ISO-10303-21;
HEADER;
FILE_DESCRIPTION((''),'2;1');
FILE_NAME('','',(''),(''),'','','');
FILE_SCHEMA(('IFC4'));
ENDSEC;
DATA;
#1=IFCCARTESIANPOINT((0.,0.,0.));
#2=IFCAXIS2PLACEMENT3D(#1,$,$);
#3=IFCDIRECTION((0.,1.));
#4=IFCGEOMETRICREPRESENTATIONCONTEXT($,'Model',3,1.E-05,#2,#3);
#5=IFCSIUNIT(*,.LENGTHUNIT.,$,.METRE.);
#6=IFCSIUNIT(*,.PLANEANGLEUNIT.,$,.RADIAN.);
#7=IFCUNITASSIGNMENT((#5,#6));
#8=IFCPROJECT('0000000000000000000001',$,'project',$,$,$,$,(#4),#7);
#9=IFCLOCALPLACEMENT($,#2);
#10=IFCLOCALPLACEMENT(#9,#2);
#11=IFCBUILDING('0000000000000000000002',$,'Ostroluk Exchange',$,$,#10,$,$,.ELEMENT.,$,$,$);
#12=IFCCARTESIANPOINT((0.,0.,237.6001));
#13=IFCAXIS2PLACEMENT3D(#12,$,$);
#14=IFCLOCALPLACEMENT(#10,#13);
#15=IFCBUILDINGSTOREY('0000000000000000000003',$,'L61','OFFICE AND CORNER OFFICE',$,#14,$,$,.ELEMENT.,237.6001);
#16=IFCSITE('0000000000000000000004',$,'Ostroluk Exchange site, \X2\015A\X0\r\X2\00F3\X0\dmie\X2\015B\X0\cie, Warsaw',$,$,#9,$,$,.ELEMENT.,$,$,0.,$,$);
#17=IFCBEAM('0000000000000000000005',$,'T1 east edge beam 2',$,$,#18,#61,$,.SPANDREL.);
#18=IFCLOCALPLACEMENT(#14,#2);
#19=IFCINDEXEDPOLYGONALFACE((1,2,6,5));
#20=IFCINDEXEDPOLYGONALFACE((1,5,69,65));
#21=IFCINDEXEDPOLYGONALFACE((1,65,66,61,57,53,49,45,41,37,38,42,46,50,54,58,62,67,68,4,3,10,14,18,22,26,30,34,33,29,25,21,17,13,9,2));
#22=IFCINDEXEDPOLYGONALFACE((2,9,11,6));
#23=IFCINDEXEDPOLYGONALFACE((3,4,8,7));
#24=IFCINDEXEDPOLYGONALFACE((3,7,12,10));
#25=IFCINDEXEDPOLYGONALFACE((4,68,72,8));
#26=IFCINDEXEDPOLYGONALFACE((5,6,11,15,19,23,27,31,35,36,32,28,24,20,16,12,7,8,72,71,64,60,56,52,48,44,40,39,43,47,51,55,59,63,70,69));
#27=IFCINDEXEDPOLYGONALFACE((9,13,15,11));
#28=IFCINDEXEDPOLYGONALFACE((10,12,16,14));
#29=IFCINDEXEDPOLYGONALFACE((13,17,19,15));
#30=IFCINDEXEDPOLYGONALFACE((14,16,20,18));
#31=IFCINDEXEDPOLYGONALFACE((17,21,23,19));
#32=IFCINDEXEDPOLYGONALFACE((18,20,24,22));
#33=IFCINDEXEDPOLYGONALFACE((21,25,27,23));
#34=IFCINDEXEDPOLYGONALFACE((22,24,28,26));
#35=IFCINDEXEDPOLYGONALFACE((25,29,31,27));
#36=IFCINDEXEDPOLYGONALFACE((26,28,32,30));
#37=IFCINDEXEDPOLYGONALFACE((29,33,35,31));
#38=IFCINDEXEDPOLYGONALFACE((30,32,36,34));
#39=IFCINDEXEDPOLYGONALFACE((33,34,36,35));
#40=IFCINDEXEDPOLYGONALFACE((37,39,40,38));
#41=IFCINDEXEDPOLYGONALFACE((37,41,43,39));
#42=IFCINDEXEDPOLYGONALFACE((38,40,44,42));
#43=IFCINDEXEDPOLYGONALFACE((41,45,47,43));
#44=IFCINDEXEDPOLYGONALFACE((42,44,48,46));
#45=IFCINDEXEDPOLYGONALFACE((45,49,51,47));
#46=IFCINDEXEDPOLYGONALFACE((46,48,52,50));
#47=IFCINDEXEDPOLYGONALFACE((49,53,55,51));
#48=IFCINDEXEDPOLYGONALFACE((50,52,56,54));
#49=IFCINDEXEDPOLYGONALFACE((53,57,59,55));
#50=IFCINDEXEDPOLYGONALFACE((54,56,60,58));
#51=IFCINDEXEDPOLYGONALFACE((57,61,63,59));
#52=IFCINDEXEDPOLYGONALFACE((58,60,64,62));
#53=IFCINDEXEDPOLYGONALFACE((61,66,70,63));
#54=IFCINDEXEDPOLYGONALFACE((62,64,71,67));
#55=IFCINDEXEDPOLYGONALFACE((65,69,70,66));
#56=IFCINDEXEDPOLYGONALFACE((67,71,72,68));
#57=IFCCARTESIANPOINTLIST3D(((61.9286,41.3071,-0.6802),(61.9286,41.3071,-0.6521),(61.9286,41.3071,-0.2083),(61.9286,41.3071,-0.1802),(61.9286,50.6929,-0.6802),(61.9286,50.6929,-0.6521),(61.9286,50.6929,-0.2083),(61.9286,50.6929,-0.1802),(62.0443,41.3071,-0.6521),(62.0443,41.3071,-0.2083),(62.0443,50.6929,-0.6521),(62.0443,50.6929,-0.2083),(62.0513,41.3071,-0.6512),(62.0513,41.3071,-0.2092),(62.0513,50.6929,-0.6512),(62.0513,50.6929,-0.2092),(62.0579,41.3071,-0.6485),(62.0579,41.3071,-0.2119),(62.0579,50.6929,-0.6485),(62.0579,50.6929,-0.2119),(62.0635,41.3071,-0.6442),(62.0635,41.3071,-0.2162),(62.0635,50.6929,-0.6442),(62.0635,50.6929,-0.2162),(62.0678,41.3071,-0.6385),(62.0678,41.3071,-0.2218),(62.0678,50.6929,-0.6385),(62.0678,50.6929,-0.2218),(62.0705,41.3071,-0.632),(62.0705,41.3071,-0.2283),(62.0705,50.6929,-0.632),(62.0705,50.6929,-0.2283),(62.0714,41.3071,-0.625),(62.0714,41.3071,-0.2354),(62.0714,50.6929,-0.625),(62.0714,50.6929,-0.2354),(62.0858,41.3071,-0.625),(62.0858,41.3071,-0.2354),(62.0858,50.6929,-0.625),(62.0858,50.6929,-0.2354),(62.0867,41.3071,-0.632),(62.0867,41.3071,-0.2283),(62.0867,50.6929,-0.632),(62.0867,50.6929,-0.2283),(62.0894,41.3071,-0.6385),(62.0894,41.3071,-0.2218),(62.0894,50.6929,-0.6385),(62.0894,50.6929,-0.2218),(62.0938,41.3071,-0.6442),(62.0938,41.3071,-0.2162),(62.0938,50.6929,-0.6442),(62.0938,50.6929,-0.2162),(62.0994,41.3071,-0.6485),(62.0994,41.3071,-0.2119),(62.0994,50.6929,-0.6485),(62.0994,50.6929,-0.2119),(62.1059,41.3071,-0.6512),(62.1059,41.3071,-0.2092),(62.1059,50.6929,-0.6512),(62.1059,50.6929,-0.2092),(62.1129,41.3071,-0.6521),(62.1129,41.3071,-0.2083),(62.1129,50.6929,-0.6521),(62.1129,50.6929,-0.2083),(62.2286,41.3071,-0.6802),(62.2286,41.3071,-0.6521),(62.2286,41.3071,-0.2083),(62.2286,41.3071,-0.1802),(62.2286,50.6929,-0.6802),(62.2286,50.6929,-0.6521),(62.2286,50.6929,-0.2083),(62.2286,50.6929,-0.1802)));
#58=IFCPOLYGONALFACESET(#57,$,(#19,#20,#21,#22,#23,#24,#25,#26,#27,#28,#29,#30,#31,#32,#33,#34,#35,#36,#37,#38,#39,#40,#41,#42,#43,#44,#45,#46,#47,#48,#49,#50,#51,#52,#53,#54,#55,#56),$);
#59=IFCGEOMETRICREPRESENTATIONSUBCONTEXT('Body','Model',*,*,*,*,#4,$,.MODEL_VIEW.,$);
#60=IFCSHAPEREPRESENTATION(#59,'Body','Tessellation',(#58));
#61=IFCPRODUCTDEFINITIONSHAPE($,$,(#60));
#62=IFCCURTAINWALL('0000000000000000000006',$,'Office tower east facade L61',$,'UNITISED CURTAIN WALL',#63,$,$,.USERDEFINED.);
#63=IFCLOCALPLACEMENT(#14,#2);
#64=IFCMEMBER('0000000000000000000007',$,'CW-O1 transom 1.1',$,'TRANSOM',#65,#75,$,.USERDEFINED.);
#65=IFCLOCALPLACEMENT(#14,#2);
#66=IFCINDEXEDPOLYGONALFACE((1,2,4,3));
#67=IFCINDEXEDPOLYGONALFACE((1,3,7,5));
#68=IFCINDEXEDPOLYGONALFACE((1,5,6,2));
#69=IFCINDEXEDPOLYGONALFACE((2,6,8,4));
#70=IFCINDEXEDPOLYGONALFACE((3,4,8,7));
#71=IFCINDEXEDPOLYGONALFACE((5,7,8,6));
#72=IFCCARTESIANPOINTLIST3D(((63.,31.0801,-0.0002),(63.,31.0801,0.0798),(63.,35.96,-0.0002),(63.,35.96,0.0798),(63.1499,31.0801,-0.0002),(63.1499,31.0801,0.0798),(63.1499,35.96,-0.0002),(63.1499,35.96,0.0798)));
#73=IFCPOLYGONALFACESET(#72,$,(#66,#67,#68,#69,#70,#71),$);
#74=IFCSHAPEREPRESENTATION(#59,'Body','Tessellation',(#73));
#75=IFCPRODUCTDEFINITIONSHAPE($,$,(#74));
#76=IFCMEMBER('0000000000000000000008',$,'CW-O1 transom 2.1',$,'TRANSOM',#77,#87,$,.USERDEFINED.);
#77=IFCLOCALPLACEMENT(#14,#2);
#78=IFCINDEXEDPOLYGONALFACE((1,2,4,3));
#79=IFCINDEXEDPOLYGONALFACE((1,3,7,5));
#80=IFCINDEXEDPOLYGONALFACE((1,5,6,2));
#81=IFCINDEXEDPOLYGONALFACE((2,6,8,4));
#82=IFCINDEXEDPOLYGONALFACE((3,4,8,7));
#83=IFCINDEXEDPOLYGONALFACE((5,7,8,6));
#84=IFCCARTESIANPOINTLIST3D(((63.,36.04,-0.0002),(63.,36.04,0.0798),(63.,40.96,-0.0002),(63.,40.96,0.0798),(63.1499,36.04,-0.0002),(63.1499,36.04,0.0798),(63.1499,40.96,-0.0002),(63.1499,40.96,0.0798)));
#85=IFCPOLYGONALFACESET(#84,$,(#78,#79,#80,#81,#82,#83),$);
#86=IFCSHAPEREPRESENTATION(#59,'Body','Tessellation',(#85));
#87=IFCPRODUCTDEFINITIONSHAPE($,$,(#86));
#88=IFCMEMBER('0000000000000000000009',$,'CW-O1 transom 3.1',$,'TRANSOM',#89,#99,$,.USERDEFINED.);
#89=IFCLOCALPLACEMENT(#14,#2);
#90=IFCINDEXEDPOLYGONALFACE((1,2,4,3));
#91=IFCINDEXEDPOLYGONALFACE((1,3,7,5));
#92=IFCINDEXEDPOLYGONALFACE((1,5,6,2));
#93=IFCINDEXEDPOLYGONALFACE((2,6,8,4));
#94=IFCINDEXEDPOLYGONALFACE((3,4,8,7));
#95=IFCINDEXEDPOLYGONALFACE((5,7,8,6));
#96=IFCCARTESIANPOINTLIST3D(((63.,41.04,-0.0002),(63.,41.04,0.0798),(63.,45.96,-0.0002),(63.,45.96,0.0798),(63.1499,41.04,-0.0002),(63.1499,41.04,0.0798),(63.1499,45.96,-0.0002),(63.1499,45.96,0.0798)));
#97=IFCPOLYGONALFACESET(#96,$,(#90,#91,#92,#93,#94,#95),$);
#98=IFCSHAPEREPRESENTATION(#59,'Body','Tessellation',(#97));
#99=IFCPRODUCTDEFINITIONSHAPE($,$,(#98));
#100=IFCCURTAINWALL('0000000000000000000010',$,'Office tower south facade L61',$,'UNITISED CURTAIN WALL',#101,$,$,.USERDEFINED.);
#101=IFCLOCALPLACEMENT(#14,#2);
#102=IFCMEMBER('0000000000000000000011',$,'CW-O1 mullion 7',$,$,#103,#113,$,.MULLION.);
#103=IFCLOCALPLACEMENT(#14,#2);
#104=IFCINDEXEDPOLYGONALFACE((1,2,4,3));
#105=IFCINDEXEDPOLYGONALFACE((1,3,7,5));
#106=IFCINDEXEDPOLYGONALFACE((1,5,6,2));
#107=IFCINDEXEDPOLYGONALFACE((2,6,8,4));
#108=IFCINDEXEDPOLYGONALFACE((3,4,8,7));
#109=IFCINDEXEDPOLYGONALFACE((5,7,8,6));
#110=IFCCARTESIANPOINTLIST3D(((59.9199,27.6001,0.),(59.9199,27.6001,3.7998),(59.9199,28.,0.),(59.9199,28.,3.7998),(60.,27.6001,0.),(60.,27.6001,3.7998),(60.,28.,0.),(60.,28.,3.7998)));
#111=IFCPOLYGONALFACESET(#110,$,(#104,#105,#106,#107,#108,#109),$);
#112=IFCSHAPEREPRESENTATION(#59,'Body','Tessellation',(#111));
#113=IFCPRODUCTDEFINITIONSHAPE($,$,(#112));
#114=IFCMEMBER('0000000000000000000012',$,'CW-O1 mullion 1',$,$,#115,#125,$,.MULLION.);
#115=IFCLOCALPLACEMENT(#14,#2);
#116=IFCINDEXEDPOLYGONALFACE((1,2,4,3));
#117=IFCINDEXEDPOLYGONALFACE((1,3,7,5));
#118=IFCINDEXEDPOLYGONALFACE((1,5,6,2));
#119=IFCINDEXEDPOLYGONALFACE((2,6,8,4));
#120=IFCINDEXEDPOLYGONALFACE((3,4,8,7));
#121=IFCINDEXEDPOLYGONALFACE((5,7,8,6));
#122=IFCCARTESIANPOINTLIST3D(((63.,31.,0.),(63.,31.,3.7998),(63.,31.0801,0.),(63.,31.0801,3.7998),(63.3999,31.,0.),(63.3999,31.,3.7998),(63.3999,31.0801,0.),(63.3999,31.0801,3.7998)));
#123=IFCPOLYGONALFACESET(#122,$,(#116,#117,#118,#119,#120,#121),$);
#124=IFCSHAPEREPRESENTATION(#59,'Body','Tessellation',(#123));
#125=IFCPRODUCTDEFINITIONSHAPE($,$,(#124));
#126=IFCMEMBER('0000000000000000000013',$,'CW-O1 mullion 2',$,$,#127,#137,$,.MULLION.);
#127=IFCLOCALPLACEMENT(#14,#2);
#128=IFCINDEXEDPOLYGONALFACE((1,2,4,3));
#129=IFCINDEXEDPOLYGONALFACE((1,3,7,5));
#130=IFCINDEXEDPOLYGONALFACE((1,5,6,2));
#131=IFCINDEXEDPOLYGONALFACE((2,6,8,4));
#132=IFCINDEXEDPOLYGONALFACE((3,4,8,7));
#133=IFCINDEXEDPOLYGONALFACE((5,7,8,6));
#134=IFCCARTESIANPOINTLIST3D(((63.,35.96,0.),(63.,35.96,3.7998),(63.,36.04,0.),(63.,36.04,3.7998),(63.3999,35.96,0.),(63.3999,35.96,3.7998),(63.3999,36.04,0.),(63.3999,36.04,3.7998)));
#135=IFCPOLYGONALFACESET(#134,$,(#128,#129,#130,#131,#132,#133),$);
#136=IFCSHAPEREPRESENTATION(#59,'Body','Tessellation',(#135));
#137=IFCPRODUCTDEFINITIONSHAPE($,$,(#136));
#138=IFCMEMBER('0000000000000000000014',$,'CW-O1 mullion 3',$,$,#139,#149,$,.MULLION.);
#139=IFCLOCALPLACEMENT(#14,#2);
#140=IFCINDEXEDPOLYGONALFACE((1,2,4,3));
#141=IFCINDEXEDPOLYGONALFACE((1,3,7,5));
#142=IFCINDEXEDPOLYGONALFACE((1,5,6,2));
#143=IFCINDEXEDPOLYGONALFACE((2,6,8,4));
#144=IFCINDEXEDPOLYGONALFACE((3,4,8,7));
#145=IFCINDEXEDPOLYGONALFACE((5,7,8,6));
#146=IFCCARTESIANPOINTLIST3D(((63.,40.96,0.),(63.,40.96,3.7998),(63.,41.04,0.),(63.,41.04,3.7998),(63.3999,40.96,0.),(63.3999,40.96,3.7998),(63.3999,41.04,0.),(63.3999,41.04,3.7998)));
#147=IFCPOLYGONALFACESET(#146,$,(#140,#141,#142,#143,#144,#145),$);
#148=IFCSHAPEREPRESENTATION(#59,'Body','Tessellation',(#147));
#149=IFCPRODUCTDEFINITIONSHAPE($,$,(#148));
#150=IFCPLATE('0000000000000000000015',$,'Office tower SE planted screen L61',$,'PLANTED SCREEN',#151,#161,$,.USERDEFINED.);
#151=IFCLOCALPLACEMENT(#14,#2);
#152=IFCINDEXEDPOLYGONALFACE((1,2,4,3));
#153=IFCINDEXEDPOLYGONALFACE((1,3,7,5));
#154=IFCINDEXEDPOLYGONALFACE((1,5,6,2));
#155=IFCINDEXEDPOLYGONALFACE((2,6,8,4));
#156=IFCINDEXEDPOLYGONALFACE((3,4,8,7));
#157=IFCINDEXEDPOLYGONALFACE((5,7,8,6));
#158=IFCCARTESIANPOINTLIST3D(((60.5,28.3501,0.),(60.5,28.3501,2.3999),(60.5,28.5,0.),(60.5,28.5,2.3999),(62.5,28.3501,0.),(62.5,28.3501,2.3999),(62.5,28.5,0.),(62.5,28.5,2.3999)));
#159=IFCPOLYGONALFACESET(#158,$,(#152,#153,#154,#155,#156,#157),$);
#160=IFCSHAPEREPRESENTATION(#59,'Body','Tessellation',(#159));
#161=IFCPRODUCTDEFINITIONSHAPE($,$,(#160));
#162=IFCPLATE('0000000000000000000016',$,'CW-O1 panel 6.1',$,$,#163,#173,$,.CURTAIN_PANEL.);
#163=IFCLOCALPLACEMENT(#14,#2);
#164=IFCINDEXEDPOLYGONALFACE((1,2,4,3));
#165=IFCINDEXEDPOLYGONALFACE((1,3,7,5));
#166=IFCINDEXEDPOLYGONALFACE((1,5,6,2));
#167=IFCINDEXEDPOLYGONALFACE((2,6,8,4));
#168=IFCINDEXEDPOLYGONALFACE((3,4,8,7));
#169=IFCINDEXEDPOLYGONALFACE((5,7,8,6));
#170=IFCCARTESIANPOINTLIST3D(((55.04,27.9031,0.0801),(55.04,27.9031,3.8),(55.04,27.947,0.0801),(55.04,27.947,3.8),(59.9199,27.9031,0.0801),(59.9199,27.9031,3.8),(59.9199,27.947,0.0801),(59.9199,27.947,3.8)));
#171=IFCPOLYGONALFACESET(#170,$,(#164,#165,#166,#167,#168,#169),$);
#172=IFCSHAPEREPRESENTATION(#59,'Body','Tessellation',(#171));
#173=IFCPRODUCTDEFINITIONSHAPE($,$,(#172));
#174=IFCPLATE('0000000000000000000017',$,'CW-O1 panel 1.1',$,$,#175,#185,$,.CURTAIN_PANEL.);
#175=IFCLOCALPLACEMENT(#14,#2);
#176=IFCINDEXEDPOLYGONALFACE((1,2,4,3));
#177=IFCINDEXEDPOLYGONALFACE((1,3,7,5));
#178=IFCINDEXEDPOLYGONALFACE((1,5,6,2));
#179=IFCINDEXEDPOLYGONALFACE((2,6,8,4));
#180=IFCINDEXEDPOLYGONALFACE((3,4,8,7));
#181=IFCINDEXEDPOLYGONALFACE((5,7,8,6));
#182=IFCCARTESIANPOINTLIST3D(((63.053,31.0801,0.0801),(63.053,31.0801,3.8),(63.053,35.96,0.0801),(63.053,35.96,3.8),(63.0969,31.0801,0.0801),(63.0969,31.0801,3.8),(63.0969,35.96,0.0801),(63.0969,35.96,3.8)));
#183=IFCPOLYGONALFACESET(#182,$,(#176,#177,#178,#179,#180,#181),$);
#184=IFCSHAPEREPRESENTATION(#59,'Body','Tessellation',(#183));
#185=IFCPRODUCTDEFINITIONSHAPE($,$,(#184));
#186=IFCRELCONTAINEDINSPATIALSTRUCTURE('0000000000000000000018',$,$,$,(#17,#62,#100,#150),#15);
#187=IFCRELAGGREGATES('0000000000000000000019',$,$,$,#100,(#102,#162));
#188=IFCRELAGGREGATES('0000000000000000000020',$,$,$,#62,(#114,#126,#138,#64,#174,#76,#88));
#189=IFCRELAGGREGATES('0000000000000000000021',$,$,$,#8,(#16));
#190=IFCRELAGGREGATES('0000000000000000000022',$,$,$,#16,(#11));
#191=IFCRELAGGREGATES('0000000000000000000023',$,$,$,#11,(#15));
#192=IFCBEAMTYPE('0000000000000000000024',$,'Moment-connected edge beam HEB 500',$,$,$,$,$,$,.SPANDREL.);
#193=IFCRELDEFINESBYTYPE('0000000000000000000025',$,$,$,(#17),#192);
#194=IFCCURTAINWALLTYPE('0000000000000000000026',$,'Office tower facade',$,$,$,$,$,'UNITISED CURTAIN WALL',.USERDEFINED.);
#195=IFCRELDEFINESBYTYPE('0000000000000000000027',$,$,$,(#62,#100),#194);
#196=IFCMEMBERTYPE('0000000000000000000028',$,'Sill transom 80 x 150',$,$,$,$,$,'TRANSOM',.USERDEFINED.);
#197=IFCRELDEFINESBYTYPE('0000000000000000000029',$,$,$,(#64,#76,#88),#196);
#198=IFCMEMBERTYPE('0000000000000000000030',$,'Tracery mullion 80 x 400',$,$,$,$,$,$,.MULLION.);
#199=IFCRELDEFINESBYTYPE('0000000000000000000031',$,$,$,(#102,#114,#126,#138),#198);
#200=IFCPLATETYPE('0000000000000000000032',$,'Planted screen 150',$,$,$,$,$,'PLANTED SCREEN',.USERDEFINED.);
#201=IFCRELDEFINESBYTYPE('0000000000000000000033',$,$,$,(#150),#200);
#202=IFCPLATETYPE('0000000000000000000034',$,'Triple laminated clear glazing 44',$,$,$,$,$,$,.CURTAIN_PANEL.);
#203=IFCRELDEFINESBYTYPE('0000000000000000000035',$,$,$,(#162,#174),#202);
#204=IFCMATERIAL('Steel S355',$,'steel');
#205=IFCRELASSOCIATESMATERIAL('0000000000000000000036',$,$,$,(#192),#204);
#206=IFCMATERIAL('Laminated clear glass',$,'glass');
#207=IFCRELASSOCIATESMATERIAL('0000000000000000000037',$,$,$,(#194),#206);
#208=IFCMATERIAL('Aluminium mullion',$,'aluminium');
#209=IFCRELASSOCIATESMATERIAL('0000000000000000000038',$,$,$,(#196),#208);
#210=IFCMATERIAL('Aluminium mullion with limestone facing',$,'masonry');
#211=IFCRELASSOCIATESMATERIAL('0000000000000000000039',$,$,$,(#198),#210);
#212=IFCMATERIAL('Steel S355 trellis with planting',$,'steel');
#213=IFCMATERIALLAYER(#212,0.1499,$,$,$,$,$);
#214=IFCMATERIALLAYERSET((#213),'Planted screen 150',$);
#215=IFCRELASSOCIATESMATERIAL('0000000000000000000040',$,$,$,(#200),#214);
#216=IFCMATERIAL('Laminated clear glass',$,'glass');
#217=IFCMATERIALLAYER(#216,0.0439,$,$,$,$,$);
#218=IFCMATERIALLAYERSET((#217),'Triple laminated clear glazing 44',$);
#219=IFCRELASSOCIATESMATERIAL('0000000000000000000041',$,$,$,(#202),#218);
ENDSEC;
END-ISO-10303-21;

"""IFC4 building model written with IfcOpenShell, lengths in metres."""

from ifc_helpers import new_model, si_unit, direction, frame, origin, origin_2d, place, context, subcontext, project, spatial, rectangle, i_section, extrude, material, layer, layer_set, material_profile, profile_set, type_object, element, aggregate, save


model = new_model("IFC4")

# Units and contexts
model_context = context("Model", 3, precision=1e-05, world=origin(), true_north=direction((0.0, 1.0)))
body_context = subcontext(model_context, "Body", "Model", "MODEL_VIEW")
ifc_project = project(units=[si_unit("LENGTHUNIT", "METRE"), si_unit("PLANEANGLEUNIT", "RADIAN")], contexts=[model_context])

# Site, building, storey
site_placement = place(None, origin())
site = spatial("IfcSite", under=ifc_project, at=site_placement, Name="Ostroluk Exchange site, Śródmieście, Warsaw", CompositionType="ELEMENT", RefElevation=0.0)
building_placement = place(site_placement, origin())
building = spatial("IfcBuilding", under=site, at=building_placement, Name="Ostroluk Exchange", CompositionType="ELEMENT")
storey_placement = place(building_placement, frame((0.0, 0.0, 237.6001)))
storey = spatial("IfcBuildingStorey", under=building, at=storey_placement, Name="L61", Description="OFFICE AND CORNER OFFICE", CompositionType="ELEMENT", Elevation=237.6001)

# Beam
ifc_material_1 = material(Name="Steel S355", Category="steel")
ifc_material_profile_1 = material_profile(ifc_material_1, i_section(OverallWidth=0.3, OverallDepth=0.5, WebThickness=0.0144, FlangeThickness=0.0281, FilletRadius=0.0271, at=origin_2d()), Name="HEB 500")
ifc_profile_set_1 = profile_set([ifc_material_profile_1], Name="Steel S355")
beam_type_1 = type_object("IfcBeamType", Name="Moment-connected edge beam HEB 500", PredefinedType="SPANDREL", material=ifc_profile_set_1)
for number, where, z_axis, x_axis, name in (
    (1, (62.0786, 41.3071, -0.4302), (0.0, 1.0, 0.0), (-1.0, 0.0, 0.0), "T1 east edge beam 2"),
):
    element("IfcBeam", number, at=place(storey_placement, frame(where, z_axis=z_axis, x_axis=x_axis)), inside=storey, type_object=beam_type_1, Name=name, PredefinedType="SPANDREL", context=body_context, shape_type="SweptSolid", body=[
        extrude(i_section(OverallWidth=0.3, OverallDepth=0.5, WebThickness=0.0144, FlangeThickness=0.0281, FilletRadius=0.0271, at=origin_2d()), origin(), (0.0, 0.0, 1.0), 9.3857),
    ])

# Curtain wall, members
ifc_material_2 = material(Name="Laminated clear glass", Category="glass")
curtain_wall_type = type_object("IfcCurtainWallType", Name="Office tower facade", ElementType="UNITISED CURTAIN WALL", PredefinedType="USERDEFINED", material=ifc_material_2)
curtain_wall_1_placement = place(storey_placement, origin())
curtain_wall_1 = element("IfcCurtainWall", 2, at=curtain_wall_1_placement, inside=storey, type_object=curtain_wall_type, Name="Office tower east facade L61", ObjectType="UNITISED CURTAIN WALL", PredefinedType="USERDEFINED")
ifc_material_3 = material(Name="Aluminium mullion", Category="aluminium")
ifc_material_profile_2 = material_profile(ifc_material_3, rectangle(XDim=0.1499, YDim=0.0801, at=origin_2d()), Name="Sill transom 80 x 150")
ifc_profile_set_2 = profile_set([ifc_material_profile_2], Name="Aluminium mullion")
member_type_1 = type_object("IfcMemberType", Name="Sill transom 80 x 150", ElementType="TRANSOM", PredefinedType="USERDEFINED", material=ifc_profile_set_2)
member_1_placement = place(storey_placement, frame((63.075, 31.0801, 0.0398), z_axis=(0.0, 1.0, 0.0), x_axis=(-1.0, 0.0, 0.0)))
member_1 = element("IfcMember", 3, at=member_1_placement, type_object=member_type_1, Name="CW-O1 transom 1.1", ObjectType="TRANSOM", PredefinedType="USERDEFINED", context=body_context, shape_type="SweptSolid", body=[
    extrude(rectangle(XDim=0.1499, YDim=0.0801, at=origin_2d()), origin(), (0.0, 0.0, 1.0), 4.8799),
])
member_2_placement = place(storey_placement, frame((63.075, 36.04, 0.0398), z_axis=(0.0, 1.0, 0.0), x_axis=(-1.0, 0.0, 0.0)))
member_2 = element("IfcMember", 4, at=member_2_placement, type_object=member_type_1, Name="CW-O1 transom 2.1", ObjectType="TRANSOM", PredefinedType="USERDEFINED", context=body_context, shape_type="SweptSolid", body=[
    extrude(rectangle(XDim=0.1499, YDim=0.0801, at=origin_2d()), origin(), (0.0, 0.0, 1.0), 4.9199),
])
member_3_placement = place(storey_placement, frame((63.075, 41.04, 0.0398), z_axis=(0.0, 1.0, 0.0), x_axis=(-1.0, 0.0, 0.0)))
member_3 = element("IfcMember", 5, at=member_3_placement, type_object=member_type_1, Name="CW-O1 transom 3.1", ObjectType="TRANSOM", PredefinedType="USERDEFINED", context=body_context, shape_type="SweptSolid", body=[
    extrude(rectangle(XDim=0.1499, YDim=0.0801, at=origin_2d()), origin(), (0.0, 0.0, 1.0), 4.9199),
])

# Curtain wall, member
curtain_wall_2_placement = place(storey_placement, origin())
curtain_wall_2 = element("IfcCurtainWall", 6, at=curtain_wall_2_placement, inside=storey, type_object=curtain_wall_type, Name="Office tower south facade L61", ObjectType="UNITISED CURTAIN WALL", PredefinedType="USERDEFINED")
ifc_material_4 = material(Name="Aluminium mullion with limestone facing", Category="masonry")
ifc_material_profile_3 = material_profile(ifc_material_4, rectangle(XDim=0.3999, YDim=0.0801, at=origin_2d()), Name="Tracery mullion 80 x 400")
ifc_profile_set_3 = profile_set([ifc_material_profile_3], Name="Aluminium mullion with limestone facing")
member_type_2 = type_object("IfcMemberType", Name="Tracery mullion 80 x 400", PredefinedType="MULLION", material=ifc_profile_set_3)
member_4_placement = place(storey_placement, frame((59.96, 27.8, 0.0), z_axis=(0.0, 0.0, 1.0), x_axis=(0.0, 1.0, 0.0)))
member_4 = element("IfcMember", 7, at=member_4_placement, type_object=member_type_2, Name="CW-O1 mullion 7", PredefinedType="MULLION", context=body_context, shape_type="SweptSolid", body=[
    extrude(rectangle(XDim=0.3999, YDim=0.0801, at=origin_2d()), origin(), (0.0, 0.0, 1.0), 3.7998),
])

# Members
member_5_placement = place(storey_placement, frame((63.2, 31.04, 0.0), z_axis=(0.0, 0.0, 1.0), x_axis=(-1.0, 0.0, 0.0)))
member_5 = element("IfcMember", 8, at=member_5_placement, type_object=member_type_2, Name="CW-O1 mullion 1", PredefinedType="MULLION", context=body_context, shape_type="SweptSolid", body=[
    extrude(rectangle(XDim=0.3999, YDim=0.0801, at=origin_2d()), origin(), (0.0, 0.0, 1.0), 3.7998),
])
member_6_placement = place(storey_placement, frame((63.2, 36.0, 0.0), z_axis=(0.0, 0.0, 1.0), x_axis=(-1.0, 0.0, 0.0)))
member_6 = element("IfcMember", 9, at=member_6_placement, type_object=member_type_2, Name="CW-O1 mullion 2", PredefinedType="MULLION", context=body_context, shape_type="SweptSolid", body=[
    extrude(rectangle(XDim=0.3999, YDim=0.0801, at=origin_2d()), origin(), (0.0, 0.0, 1.0), 3.7998),
])
member_7_placement = place(storey_placement, frame((63.2, 41.0, 0.0), z_axis=(0.0, 0.0, 1.0), x_axis=(-1.0, 0.0, 0.0)))
member_7 = element("IfcMember", 10, at=member_7_placement, type_object=member_type_2, Name="CW-O1 mullion 3", PredefinedType="MULLION", context=body_context, shape_type="SweptSolid", body=[
    extrude(rectangle(XDim=0.3999, YDim=0.0801, at=origin_2d()), origin(), (0.0, 0.0, 1.0), 3.7998),
])

# Plates
ifc_material_5 = material(Name="Steel S355 trellis with planting", Category="steel")
ifc_layer_1 = layer(ifc_material_5, 0.1499)
ifc_layer_set_1 = layer_set([ifc_layer_1], Name="Planted screen 150")
plate_type_1 = type_object("IfcPlateType", Name="Planted screen 150", ElementType="PLANTED SCREEN", PredefinedType="USERDEFINED", material=ifc_layer_set_1)
plate_1_placement = place(storey_placement, frame((61.5, 28.425, 0.0), z_axis=(0.0, 0.0, 1.0), x_axis=(1.0, 0.0, 0.0)))
element("IfcPlate", 11, at=plate_1_placement, inside=storey, type_object=plate_type_1, Name="Office tower SE planted screen L61", ObjectType="PLANTED SCREEN", PredefinedType="USERDEFINED", context=body_context, shape_type="SweptSolid", body=[
    extrude(rectangle(XDim=2.0, YDim=0.1499, at=origin_2d()), origin(), (0.0, 0.0, 1.0), 2.3999),
])
ifc_material_6 = material(Name="Laminated clear glass", Category="glass")
ifc_layer_2 = layer(ifc_material_6, 0.0439)
ifc_layer_set_2 = layer_set([ifc_layer_2], Name="Triple laminated clear glazing 44")
plate_type_2 = type_object("IfcPlateType", Name="Triple laminated clear glazing 44", PredefinedType="CURTAIN_PANEL", material=ifc_layer_set_2)
plate_2_placement = place(storey_placement, frame((57.48, 27.925, 0.0801), z_axis=(0.0, 0.0, 1.0), x_axis=(1.0, 0.0, 0.0)))
plate_2 = element("IfcPlate", 12, at=plate_2_placement, type_object=plate_type_2, Name="CW-O1 panel 6.1", PredefinedType="CURTAIN_PANEL", context=body_context, shape_type="SweptSolid", body=[
    extrude(rectangle(XDim=4.8799, YDim=0.0439, at=origin_2d()), origin(), (0.0, 0.0, 1.0), 3.72),
])
aggregate(curtain_wall_2, [member_4, plate_2])
plate_3_placement = place(storey_placement, frame((63.075, 33.52, 0.0801), z_axis=(0.0, 0.0, 1.0), x_axis=(0.0, 1.0, 0.0)))
plate_3 = element("IfcPlate", 13, at=plate_3_placement, type_object=plate_type_2, Name="CW-O1 panel 1.1", PredefinedType="CURTAIN_PANEL", context=body_context, shape_type="SweptSolid", body=[
    extrude(rectangle(XDim=4.8799, YDim=0.0439, at=origin_2d()), origin(), (0.0, 0.0, 1.0), 3.72),
])
aggregate(curtain_wall_1, [member_5, member_6, member_7, member_1, plate_3, member_2, member_3])

save(model, "model.ifc")
